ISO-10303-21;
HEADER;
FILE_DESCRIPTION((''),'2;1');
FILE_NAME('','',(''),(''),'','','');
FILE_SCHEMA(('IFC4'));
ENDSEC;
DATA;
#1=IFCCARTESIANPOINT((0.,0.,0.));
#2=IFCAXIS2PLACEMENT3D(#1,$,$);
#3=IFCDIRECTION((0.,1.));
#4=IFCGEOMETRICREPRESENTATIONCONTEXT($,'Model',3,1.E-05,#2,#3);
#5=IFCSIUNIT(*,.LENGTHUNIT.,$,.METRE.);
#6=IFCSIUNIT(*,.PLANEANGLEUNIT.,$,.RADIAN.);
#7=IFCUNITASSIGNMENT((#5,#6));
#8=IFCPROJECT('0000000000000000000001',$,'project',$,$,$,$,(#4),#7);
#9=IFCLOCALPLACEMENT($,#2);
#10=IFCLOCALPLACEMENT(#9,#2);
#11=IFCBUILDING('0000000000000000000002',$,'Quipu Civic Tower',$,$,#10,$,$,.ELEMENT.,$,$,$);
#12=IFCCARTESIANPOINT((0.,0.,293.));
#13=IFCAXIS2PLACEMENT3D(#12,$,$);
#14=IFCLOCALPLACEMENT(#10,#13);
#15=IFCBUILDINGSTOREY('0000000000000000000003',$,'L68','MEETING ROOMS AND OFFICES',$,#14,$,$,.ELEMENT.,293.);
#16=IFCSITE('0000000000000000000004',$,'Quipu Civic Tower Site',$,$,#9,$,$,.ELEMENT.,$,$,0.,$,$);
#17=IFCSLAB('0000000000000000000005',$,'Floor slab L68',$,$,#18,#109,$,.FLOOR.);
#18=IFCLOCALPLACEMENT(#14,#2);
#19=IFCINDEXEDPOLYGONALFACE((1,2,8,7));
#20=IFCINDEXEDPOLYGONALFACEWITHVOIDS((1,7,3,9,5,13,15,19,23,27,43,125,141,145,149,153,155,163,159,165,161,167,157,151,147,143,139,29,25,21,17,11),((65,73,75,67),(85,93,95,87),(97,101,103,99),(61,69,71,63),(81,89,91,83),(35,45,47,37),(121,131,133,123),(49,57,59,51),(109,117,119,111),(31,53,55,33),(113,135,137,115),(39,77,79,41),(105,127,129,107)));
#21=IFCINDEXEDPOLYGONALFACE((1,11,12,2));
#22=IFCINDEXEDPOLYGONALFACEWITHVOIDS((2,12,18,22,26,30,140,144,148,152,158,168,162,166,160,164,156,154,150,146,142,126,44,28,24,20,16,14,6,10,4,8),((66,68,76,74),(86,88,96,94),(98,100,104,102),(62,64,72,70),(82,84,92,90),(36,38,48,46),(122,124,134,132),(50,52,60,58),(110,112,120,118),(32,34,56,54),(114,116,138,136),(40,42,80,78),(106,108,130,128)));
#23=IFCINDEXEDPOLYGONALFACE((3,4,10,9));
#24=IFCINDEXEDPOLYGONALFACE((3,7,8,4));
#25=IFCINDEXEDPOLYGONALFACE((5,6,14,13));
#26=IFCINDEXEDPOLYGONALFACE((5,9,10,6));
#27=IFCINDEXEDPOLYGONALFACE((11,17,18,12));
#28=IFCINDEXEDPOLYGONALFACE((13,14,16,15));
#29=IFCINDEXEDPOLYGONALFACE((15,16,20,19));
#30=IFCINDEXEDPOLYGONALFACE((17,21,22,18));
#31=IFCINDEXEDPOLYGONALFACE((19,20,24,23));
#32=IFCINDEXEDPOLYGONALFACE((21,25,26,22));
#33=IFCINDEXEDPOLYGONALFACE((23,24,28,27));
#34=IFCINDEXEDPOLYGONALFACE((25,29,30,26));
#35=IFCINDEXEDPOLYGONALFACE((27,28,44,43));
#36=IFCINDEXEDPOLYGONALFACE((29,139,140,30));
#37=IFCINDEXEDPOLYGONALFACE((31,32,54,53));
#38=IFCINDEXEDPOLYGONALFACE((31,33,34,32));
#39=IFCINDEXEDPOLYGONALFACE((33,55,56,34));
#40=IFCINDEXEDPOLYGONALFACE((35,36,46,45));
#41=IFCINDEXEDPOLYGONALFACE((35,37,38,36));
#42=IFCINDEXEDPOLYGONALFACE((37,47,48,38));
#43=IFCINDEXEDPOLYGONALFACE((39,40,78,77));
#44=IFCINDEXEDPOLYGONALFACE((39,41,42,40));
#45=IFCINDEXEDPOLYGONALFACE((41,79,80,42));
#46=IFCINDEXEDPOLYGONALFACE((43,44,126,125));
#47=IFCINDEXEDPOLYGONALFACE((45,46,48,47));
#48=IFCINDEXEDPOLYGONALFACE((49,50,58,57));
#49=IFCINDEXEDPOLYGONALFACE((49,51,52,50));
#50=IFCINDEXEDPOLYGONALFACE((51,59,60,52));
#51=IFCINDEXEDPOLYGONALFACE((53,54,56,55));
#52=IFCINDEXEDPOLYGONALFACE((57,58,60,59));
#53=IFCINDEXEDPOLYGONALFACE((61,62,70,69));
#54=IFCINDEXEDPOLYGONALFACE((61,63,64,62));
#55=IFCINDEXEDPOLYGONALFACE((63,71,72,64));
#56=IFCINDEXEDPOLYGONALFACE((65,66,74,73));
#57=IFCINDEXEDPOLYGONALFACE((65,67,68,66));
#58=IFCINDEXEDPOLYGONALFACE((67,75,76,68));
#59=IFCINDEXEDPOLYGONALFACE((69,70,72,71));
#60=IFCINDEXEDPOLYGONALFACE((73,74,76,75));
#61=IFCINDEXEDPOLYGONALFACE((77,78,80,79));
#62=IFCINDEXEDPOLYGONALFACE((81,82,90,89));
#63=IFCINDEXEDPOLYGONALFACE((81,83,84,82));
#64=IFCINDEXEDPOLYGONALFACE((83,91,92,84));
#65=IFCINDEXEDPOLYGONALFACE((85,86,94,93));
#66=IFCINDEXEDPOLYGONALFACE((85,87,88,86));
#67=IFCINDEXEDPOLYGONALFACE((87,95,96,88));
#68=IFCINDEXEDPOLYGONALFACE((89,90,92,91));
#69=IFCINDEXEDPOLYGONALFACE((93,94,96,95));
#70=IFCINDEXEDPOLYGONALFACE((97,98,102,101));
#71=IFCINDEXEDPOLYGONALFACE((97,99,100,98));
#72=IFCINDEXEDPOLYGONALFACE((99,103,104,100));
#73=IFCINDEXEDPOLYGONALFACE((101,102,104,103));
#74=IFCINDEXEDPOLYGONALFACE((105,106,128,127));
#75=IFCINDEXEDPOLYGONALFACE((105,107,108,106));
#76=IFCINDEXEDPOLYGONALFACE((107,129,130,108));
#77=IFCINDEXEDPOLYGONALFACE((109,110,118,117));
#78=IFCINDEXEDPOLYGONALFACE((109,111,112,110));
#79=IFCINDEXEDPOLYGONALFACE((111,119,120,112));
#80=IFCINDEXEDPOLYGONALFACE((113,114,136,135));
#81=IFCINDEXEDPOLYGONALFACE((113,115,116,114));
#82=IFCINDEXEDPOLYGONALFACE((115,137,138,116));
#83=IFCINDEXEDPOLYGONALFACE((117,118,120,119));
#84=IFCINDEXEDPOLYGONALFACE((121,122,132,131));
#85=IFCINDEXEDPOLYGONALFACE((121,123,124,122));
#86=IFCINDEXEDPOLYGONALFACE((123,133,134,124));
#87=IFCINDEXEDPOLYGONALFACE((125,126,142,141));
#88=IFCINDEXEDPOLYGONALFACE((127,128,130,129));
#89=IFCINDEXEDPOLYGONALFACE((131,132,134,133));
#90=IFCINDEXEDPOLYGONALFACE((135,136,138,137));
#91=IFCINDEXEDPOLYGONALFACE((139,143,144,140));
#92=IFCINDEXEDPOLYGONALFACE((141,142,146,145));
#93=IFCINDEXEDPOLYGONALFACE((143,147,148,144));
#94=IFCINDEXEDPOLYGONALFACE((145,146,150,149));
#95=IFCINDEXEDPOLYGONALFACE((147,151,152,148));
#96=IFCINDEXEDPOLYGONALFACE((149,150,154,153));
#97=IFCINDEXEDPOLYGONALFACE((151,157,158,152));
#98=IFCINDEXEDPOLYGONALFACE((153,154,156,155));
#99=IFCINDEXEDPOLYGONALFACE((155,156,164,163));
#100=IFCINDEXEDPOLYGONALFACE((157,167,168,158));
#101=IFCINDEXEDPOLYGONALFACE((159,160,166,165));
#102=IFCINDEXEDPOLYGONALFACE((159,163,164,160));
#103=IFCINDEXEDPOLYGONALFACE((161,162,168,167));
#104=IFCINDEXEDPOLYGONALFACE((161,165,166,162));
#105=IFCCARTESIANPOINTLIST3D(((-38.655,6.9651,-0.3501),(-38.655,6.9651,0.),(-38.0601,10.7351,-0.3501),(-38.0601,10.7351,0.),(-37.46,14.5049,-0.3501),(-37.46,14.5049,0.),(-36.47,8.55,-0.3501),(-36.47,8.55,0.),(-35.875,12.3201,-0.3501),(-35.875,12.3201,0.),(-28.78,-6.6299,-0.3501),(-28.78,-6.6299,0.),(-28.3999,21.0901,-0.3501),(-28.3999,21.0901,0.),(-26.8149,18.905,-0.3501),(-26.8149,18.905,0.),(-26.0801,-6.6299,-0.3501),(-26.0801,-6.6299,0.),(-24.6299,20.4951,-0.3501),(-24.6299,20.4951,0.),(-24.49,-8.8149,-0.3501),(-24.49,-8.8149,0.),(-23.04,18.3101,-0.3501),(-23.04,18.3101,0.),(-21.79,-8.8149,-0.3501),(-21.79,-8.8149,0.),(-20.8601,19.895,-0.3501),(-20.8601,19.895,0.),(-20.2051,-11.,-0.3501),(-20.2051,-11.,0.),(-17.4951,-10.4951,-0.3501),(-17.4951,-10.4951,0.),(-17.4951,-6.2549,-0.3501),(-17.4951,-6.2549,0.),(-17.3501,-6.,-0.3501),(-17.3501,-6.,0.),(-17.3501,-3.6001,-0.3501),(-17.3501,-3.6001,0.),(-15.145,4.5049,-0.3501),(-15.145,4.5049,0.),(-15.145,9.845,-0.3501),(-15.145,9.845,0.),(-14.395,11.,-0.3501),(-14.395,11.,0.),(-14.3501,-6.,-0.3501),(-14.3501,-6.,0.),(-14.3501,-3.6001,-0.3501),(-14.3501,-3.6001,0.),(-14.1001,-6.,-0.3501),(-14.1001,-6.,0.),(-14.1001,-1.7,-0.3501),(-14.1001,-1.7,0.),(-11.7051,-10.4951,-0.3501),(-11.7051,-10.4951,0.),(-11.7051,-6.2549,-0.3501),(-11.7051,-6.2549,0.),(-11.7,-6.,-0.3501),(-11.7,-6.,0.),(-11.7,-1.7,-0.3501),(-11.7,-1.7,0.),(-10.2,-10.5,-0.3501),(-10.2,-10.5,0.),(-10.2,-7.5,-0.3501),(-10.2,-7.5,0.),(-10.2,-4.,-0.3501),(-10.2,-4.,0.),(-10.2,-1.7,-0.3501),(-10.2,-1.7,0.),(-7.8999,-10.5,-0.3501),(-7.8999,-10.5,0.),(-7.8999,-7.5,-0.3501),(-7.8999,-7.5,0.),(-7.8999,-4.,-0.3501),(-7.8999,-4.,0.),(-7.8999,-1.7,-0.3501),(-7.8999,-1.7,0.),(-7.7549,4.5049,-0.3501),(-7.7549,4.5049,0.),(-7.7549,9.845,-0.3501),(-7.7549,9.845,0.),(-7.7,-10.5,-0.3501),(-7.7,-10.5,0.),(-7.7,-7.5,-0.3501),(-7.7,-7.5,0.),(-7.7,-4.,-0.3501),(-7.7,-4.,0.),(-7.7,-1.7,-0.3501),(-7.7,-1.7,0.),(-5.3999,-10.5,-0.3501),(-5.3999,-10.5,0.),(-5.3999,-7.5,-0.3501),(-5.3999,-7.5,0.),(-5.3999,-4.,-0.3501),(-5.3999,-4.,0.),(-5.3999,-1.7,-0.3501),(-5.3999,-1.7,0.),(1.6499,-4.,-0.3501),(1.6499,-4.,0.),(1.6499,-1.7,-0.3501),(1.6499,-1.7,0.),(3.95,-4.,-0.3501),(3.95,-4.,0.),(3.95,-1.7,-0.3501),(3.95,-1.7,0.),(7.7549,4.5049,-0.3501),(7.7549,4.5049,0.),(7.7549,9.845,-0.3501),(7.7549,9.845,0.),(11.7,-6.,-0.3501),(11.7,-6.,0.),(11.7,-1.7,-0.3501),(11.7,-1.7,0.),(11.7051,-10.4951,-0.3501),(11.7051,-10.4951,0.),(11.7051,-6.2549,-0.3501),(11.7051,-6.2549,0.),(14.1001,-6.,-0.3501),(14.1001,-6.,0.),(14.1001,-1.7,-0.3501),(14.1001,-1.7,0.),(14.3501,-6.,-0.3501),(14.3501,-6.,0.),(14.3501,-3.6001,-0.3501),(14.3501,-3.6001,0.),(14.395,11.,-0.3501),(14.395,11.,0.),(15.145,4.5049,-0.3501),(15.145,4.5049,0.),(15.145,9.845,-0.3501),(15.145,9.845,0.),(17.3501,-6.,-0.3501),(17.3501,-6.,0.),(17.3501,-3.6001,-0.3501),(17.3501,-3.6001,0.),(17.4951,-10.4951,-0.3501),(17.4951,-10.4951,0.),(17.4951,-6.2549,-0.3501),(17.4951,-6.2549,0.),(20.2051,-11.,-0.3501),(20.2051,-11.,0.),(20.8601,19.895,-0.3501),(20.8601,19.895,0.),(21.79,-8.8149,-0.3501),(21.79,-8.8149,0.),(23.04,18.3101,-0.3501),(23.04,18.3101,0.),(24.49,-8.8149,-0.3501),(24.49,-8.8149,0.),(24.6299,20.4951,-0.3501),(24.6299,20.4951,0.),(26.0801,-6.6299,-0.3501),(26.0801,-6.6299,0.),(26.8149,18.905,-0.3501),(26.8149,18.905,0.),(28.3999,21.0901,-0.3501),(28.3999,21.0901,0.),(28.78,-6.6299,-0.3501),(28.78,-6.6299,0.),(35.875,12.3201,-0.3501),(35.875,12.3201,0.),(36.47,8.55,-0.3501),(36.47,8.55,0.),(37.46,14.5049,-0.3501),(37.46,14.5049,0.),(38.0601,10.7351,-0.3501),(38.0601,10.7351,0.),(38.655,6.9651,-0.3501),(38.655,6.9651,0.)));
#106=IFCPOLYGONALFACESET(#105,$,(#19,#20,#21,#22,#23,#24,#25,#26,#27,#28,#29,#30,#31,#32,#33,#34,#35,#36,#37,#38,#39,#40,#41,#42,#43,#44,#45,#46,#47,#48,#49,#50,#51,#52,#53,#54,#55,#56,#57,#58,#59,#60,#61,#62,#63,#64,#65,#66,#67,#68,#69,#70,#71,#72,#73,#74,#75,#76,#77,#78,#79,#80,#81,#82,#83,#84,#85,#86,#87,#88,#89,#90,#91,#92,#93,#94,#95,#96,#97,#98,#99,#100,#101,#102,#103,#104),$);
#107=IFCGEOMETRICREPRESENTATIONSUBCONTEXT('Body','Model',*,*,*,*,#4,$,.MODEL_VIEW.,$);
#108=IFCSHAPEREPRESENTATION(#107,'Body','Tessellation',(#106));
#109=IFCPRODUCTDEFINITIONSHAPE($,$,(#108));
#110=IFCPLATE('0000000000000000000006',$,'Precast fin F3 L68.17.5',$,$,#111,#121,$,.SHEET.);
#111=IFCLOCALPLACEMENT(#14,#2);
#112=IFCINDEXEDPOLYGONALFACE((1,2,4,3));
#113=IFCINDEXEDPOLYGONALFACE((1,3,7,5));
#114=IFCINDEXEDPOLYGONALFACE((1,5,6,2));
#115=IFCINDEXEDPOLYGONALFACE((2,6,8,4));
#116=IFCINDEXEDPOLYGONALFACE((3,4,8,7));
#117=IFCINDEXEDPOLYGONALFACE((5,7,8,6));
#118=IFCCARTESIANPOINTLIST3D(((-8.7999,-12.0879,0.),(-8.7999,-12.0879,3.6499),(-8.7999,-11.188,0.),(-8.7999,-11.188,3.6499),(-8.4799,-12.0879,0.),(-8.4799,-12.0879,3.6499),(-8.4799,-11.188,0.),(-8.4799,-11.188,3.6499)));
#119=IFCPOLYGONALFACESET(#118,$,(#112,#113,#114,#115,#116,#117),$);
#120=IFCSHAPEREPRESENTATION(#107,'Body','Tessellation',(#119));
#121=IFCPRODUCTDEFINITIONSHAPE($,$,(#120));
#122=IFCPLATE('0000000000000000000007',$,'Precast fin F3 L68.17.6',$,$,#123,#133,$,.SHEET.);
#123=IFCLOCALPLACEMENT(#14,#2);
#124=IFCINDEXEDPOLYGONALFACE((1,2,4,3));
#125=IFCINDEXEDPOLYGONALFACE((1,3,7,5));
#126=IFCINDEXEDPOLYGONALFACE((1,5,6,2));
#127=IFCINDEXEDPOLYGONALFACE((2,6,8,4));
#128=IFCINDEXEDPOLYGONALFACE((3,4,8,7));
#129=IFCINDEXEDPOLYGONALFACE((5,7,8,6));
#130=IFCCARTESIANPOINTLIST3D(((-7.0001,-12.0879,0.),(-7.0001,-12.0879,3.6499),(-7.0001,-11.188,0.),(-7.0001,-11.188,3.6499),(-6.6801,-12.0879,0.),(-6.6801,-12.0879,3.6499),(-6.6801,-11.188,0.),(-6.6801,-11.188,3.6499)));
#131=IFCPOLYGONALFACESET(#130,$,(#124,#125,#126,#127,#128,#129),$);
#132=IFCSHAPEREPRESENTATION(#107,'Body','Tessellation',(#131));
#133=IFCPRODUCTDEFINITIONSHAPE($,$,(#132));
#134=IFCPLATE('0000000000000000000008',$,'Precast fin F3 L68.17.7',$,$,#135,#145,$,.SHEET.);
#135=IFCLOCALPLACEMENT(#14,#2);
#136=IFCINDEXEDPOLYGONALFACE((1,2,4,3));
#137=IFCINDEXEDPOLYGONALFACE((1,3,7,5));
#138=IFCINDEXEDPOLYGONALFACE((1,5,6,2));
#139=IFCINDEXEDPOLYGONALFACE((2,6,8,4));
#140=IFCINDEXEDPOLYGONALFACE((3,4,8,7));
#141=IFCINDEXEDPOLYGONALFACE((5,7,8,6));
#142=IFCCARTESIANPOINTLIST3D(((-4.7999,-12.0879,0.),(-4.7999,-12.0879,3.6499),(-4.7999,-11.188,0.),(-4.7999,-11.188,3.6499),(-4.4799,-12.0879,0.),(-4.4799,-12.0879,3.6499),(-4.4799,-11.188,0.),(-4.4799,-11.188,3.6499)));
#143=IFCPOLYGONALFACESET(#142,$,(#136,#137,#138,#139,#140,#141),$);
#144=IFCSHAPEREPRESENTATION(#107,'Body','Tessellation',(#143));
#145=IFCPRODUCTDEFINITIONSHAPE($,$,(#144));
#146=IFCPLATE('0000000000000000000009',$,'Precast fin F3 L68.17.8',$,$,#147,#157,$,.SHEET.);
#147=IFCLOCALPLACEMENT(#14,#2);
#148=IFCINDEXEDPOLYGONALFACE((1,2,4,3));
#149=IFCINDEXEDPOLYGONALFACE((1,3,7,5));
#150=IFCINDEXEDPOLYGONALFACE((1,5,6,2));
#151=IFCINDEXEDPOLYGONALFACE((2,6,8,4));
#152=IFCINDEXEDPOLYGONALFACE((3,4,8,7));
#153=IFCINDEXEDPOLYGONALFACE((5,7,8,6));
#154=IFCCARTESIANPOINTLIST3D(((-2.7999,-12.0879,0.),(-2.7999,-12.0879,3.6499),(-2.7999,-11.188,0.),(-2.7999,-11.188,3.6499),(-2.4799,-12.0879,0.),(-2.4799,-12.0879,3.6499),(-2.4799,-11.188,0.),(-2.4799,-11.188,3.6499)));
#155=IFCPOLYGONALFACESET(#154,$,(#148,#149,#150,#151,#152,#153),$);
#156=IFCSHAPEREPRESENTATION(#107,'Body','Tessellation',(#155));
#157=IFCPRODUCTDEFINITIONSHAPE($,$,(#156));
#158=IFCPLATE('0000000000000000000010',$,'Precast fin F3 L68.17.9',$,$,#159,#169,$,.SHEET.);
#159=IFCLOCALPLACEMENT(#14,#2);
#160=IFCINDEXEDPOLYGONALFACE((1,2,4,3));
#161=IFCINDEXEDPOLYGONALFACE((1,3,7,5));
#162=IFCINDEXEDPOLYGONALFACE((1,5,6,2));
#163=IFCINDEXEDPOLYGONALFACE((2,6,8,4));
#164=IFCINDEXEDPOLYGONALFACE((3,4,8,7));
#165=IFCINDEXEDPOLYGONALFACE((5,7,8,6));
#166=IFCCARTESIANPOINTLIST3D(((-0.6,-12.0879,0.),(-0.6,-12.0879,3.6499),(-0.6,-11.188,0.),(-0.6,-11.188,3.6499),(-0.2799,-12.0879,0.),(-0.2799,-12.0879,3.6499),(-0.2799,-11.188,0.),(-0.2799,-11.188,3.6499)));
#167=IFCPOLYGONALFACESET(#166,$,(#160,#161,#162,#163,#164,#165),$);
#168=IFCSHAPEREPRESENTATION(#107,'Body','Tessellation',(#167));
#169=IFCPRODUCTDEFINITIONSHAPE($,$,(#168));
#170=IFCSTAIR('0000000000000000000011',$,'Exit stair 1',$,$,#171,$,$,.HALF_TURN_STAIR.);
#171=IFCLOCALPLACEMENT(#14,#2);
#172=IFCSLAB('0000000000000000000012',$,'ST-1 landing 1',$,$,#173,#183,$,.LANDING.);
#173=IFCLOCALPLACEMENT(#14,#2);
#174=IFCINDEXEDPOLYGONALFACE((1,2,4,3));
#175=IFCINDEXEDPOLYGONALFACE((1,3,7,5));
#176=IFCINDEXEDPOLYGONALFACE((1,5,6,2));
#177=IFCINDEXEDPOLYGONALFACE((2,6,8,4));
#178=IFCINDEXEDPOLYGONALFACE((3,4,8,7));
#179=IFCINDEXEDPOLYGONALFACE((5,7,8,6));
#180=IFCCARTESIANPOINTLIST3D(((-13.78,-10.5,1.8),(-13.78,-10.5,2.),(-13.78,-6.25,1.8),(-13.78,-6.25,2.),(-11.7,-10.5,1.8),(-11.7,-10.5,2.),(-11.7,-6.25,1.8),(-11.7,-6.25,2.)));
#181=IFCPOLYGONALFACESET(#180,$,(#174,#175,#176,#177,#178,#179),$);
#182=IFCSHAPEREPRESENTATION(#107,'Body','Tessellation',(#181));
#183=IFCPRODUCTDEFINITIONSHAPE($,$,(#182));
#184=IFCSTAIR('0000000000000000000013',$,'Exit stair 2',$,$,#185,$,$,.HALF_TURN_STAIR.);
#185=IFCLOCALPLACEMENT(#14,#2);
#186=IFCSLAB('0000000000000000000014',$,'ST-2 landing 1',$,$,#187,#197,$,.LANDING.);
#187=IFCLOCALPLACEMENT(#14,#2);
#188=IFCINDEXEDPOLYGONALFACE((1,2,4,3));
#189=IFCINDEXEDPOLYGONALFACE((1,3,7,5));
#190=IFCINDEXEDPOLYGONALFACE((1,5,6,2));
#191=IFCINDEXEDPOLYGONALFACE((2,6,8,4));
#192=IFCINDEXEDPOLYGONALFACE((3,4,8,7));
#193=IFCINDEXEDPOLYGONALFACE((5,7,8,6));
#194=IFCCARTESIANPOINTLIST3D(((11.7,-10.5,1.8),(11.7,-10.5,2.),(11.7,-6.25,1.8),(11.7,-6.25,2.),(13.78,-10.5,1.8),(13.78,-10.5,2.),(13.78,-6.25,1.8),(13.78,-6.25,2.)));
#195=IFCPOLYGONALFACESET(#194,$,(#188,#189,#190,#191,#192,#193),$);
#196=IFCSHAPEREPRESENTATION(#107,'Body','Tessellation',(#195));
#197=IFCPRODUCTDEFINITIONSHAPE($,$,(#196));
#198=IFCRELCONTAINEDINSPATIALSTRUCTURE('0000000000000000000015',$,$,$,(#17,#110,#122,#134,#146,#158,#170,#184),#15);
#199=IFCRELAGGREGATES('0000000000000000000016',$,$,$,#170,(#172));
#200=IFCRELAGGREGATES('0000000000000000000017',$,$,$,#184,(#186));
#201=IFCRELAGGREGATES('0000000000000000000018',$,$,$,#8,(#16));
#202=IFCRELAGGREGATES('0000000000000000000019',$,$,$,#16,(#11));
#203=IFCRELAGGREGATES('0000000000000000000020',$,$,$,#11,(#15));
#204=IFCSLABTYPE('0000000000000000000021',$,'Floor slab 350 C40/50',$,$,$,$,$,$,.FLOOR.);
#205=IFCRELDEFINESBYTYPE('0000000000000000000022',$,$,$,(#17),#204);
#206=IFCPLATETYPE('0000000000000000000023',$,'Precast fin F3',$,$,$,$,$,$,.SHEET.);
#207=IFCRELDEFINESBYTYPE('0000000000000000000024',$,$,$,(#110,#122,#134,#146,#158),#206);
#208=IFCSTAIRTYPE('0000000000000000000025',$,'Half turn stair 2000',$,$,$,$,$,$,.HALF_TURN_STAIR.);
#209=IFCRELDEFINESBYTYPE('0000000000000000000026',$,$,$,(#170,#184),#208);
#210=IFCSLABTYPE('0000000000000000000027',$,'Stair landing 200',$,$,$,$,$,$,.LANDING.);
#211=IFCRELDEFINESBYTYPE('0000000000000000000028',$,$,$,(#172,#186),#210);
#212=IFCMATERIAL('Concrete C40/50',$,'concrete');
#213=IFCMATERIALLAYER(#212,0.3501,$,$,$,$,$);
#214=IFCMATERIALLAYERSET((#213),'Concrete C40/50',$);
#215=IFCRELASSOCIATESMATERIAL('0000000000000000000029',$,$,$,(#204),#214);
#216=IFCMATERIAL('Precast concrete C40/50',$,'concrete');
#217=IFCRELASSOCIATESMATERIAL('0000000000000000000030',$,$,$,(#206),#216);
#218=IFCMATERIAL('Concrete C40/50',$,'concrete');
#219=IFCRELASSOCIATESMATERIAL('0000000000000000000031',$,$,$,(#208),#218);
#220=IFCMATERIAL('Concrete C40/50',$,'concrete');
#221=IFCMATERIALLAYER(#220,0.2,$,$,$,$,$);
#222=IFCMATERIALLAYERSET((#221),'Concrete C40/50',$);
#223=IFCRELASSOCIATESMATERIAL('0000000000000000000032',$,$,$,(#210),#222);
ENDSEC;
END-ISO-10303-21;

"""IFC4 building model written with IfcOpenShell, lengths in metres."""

from ifc_helpers import new_model, si_unit, direction, frame, origin, origin_2d, place, context, subcontext, project, spatial, polyline, rectangle, outline, extrude, material, layer, layer_set, type_object, element, aggregate, save


model = new_model("IFC4")

# Units and contexts
model_context = context("Model", 3, precision=1e-05, world=origin(), true_north=direction((0.0, 1.0)))
body_context = subcontext(model_context, "Body", "Model", "MODEL_VIEW")
ifc_project = project(units=[si_unit("LENGTHUNIT", "METRE"), si_unit("PLANEANGLEUNIT", "RADIAN")], contexts=[model_context])

# Site, building, storey
site_placement = place(None, origin())
site = spatial("IfcSite", under=ifc_project, at=site_placement, Name="Quipu Civic Tower Site", CompositionType="ELEMENT", RefElevation=0.0)
building_placement = place(site_placement, origin())
building = spatial("IfcBuilding", under=site, at=building_placement, Name="Quipu Civic Tower", CompositionType="ELEMENT")
storey_placement = place(building_placement, frame((0.0, 0.0, 293.0)))
storey = spatial("IfcBuildingStorey", under=building, at=storey_placement, Name="L68", Description="MEETING ROOMS AND OFFICES", CompositionType="ELEMENT", Elevation=293.0)

# Slab
ifc_material_1 = material(Name="Concrete C40/50", Category="concrete")
ifc_layer_1 = layer(ifc_material_1, 0.3501)
ifc_layer_set_1 = layer_set([ifc_layer_1], Name="Concrete C40/50")
slab_type_1 = type_object("IfcSlabType", Name="Floor slab 350 C40/50", PredefinedType="FLOOR", material=ifc_layer_set_1)
slab_1_placement = place(storey_placement, frame((0.0, 0.0, -0.3501)))
element("IfcSlab", 1, at=slab_1_placement, inside=storey, type_object=slab_type_1, Name="Floor slab L68", PredefinedType="FLOOR", context=body_context, shape_type="SweptSolid", body=[
    extrude(outline(polyline([(20.8601, 19.895), (23.04, 18.3101), (24.6299, 20.4951), (26.8149, 18.905), (28.3999, 21.0901), (37.46, 14.5049), (35.875, 12.3201), (38.0601, 10.7351), (36.47, 8.55), (38.655, 6.9651), (28.78, -6.6299), (26.0801, -6.6299), (24.49, -8.8149), (21.79, -8.8149), (20.2051, -11.0), (-20.2051, -11.0), (-21.79, -8.8149), (-24.49, -8.8149), (-26.0801, -6.6299), (-28.78, -6.6299), (-38.655, 6.9651), (-36.47, 8.55), (-38.0601, 10.7351), (-35.875, 12.3201), (-37.46, 14.5049), (-28.3999, 21.0901), (-26.8149, 18.905), (-24.6299, 20.4951), (-23.04, 18.3101), (-20.8601, 19.895), (-14.395, 11.0), (14.395, 11.0), (20.8601, 19.895)]), holes=[polyline([(-10.2, -10.5), (-7.8999, -10.5), (-7.8999, -7.5), (-10.2, -7.5), (-10.2, -10.5)]), polyline([(-7.7, -7.5), (-7.7, -10.5), (-5.3999, -10.5), (-5.3999, -7.5), (-7.7, -7.5)]), polyline([(-11.7051, -6.2549), (-17.4951, -6.2549), (-17.4951, -10.4951), (-11.7051, -10.4951), (-11.7051, -6.2549)]), polyline([(-17.3501, -6.0), (-14.3501, -6.0), (-14.3501, -3.6001), (-17.3501, -3.6001), (-17.3501, -6.0)]), polyline([(-14.1001, -1.7), (-14.1001, -6.0), (-11.7, -6.0), (-11.7, -1.7), (-14.1001, -1.7)]), polyline([(-10.2, -1.7), (-10.2, -4.0), (-7.8999, -4.0), (-7.8999, -1.7), (-10.2, -1.7)]), polyline([(-15.145, 9.845), (-15.145, 4.5049), (-7.7549, 4.5049), (-7.7549, 9.845), (-15.145, 9.845)]), polyline([(11.7051, -10.4951), (17.4951, -10.4951), (17.4951, -6.2549), (11.7051, -6.2549), (11.7051, -10.4951)]), polyline([(14.3501, -3.6001), (14.3501, -6.0), (17.3501, -6.0), (17.3501, -3.6001), (14.3501, -3.6001)]), polyline([(11.7, -1.7), (11.7, -6.0), (14.1001, -6.0), (14.1001, -1.7), (11.7, -1.7)]), polyline([(-7.7, -1.7), (-7.7, -4.0), (-5.3999, -4.0), (-5.3999, -1.7), (-7.7, -1.7)]), polyline([(1.6499, -1.7), (1.6499, -4.0), (3.95, -4.0), (3.95, -1.7), (1.6499, -1.7)]), polyline([(7.7549, 4.5049), (15.145, 4.5049), (15.145, 9.845), (7.7549, 9.845), (7.7549, 4.5049)])]), origin(), (0.0, 0.0, 1.0), 0.3501),
])

# Plates
ifc_material_2 = material(Name="Precast concrete C40/50", Category="concrete")
plate_type = type_object("IfcPlateType", Name="Precast fin F3", PredefinedType="SHEET", material=ifc_material_2)
for number, where, z_axis, x_axis, name in (
    (2, (-8.6399, -11.6379, 0.0), (0.0, 0.0, 1.0), (1.0, 0.0, 0.0), "Precast fin F3 L68.17.5"),
    (3, (-6.8401, -11.6379, 0.0), (0.0, 0.0, 1.0), (1.0, 0.0, 0.0), "Precast fin F3 L68.17.6"),
    (4, (-4.6399, -11.6379, 0.0), (0.0, 0.0, 1.0), (1.0, 0.0, 0.0), "Precast fin F3 L68.17.7"),
    (5, (-2.6399, -11.6379, 0.0), (0.0, 0.0, 1.0), (1.0, 0.0, 0.0), "Precast fin F3 L68.17.8"),
    (6, (-0.4399, -11.6379, 0.0), (0.0, 0.0, 1.0), (1.0, 0.0, 0.0), "Precast fin F3 L68.17.9"),
):
    element("IfcPlate", number, at=place(storey_placement, frame(where, z_axis=z_axis, x_axis=x_axis)), inside=storey, type_object=plate_type, Name=name, PredefinedType="SHEET", context=body_context, shape_type="SweptSolid", body=[
        extrude(rectangle(XDim=0.3201, YDim=0.8999, at=origin_2d()), origin(), (0.0, 0.0, 1.0), 3.6499),
    ])

# Stairs, slabs
ifc_material_3 = material(Name="Concrete C40/50", Category="concrete")
stair_type_1 = type_object("IfcStairType", Name="Half turn stair 2000", PredefinedType="HALF_TURN_STAIR", material=ifc_material_3)
stair_1_placement = place(storey_placement, origin())
stair_1 = element("IfcStair", 7, at=stair_1_placement, inside=storey, type_object=stair_type_1, Name="Exit stair 1", PredefinedType="HALF_TURN_STAIR")
ifc_material_4 = material(Name="Concrete C40/50", Category="concrete")
ifc_layer_2 = layer(ifc_material_4, 0.2)
ifc_layer_set_2 = layer_set([ifc_layer_2], Name="Concrete C40/50")
slab_type_2 = type_object("IfcSlabType", Name="Stair landing 200", PredefinedType="LANDING", material=ifc_layer_set_2)
slab_2_placement = place(storey_placement, frame((0.0, 0.0, 1.8)))
slab_2 = element("IfcSlab", 8, at=slab_2_placement, type_object=slab_type_2, Name="ST-1 landing 1", PredefinedType="LANDING", context=body_context, shape_type="SweptSolid", body=[
    extrude(outline(polyline([(-13.78, -10.5), (-11.7, -10.5), (-11.7, -6.25), (-13.78, -6.25), (-13.78, -10.5)])), origin(), (0.0, 0.0, 1.0), 0.2),
])
aggregate(stair_1, [slab_2])
stair_2_placement = place(storey_placement, origin())
stair_2 = element("IfcStair", 9, at=stair_2_placement, inside=storey, type_object=stair_type_1, Name="Exit stair 2", PredefinedType="HALF_TURN_STAIR")
slab_3_placement = place(storey_placement, frame((0.0, 0.0, 1.8)))
slab_3 = element("IfcSlab", 10, at=slab_3_placement, type_object=slab_type_2, Name="ST-2 landing 1", PredefinedType="LANDING", context=body_context, shape_type="SweptSolid", body=[
    extrude(outline(polyline([(13.78, -6.25), (11.7, -6.25), (11.7, -10.5), (13.78, -10.5), (13.78, -6.25)])), origin(), (0.0, 0.0, 1.0), 0.2),
])
aggregate(stair_2, [slab_3])

save(model, "model.ifc")
